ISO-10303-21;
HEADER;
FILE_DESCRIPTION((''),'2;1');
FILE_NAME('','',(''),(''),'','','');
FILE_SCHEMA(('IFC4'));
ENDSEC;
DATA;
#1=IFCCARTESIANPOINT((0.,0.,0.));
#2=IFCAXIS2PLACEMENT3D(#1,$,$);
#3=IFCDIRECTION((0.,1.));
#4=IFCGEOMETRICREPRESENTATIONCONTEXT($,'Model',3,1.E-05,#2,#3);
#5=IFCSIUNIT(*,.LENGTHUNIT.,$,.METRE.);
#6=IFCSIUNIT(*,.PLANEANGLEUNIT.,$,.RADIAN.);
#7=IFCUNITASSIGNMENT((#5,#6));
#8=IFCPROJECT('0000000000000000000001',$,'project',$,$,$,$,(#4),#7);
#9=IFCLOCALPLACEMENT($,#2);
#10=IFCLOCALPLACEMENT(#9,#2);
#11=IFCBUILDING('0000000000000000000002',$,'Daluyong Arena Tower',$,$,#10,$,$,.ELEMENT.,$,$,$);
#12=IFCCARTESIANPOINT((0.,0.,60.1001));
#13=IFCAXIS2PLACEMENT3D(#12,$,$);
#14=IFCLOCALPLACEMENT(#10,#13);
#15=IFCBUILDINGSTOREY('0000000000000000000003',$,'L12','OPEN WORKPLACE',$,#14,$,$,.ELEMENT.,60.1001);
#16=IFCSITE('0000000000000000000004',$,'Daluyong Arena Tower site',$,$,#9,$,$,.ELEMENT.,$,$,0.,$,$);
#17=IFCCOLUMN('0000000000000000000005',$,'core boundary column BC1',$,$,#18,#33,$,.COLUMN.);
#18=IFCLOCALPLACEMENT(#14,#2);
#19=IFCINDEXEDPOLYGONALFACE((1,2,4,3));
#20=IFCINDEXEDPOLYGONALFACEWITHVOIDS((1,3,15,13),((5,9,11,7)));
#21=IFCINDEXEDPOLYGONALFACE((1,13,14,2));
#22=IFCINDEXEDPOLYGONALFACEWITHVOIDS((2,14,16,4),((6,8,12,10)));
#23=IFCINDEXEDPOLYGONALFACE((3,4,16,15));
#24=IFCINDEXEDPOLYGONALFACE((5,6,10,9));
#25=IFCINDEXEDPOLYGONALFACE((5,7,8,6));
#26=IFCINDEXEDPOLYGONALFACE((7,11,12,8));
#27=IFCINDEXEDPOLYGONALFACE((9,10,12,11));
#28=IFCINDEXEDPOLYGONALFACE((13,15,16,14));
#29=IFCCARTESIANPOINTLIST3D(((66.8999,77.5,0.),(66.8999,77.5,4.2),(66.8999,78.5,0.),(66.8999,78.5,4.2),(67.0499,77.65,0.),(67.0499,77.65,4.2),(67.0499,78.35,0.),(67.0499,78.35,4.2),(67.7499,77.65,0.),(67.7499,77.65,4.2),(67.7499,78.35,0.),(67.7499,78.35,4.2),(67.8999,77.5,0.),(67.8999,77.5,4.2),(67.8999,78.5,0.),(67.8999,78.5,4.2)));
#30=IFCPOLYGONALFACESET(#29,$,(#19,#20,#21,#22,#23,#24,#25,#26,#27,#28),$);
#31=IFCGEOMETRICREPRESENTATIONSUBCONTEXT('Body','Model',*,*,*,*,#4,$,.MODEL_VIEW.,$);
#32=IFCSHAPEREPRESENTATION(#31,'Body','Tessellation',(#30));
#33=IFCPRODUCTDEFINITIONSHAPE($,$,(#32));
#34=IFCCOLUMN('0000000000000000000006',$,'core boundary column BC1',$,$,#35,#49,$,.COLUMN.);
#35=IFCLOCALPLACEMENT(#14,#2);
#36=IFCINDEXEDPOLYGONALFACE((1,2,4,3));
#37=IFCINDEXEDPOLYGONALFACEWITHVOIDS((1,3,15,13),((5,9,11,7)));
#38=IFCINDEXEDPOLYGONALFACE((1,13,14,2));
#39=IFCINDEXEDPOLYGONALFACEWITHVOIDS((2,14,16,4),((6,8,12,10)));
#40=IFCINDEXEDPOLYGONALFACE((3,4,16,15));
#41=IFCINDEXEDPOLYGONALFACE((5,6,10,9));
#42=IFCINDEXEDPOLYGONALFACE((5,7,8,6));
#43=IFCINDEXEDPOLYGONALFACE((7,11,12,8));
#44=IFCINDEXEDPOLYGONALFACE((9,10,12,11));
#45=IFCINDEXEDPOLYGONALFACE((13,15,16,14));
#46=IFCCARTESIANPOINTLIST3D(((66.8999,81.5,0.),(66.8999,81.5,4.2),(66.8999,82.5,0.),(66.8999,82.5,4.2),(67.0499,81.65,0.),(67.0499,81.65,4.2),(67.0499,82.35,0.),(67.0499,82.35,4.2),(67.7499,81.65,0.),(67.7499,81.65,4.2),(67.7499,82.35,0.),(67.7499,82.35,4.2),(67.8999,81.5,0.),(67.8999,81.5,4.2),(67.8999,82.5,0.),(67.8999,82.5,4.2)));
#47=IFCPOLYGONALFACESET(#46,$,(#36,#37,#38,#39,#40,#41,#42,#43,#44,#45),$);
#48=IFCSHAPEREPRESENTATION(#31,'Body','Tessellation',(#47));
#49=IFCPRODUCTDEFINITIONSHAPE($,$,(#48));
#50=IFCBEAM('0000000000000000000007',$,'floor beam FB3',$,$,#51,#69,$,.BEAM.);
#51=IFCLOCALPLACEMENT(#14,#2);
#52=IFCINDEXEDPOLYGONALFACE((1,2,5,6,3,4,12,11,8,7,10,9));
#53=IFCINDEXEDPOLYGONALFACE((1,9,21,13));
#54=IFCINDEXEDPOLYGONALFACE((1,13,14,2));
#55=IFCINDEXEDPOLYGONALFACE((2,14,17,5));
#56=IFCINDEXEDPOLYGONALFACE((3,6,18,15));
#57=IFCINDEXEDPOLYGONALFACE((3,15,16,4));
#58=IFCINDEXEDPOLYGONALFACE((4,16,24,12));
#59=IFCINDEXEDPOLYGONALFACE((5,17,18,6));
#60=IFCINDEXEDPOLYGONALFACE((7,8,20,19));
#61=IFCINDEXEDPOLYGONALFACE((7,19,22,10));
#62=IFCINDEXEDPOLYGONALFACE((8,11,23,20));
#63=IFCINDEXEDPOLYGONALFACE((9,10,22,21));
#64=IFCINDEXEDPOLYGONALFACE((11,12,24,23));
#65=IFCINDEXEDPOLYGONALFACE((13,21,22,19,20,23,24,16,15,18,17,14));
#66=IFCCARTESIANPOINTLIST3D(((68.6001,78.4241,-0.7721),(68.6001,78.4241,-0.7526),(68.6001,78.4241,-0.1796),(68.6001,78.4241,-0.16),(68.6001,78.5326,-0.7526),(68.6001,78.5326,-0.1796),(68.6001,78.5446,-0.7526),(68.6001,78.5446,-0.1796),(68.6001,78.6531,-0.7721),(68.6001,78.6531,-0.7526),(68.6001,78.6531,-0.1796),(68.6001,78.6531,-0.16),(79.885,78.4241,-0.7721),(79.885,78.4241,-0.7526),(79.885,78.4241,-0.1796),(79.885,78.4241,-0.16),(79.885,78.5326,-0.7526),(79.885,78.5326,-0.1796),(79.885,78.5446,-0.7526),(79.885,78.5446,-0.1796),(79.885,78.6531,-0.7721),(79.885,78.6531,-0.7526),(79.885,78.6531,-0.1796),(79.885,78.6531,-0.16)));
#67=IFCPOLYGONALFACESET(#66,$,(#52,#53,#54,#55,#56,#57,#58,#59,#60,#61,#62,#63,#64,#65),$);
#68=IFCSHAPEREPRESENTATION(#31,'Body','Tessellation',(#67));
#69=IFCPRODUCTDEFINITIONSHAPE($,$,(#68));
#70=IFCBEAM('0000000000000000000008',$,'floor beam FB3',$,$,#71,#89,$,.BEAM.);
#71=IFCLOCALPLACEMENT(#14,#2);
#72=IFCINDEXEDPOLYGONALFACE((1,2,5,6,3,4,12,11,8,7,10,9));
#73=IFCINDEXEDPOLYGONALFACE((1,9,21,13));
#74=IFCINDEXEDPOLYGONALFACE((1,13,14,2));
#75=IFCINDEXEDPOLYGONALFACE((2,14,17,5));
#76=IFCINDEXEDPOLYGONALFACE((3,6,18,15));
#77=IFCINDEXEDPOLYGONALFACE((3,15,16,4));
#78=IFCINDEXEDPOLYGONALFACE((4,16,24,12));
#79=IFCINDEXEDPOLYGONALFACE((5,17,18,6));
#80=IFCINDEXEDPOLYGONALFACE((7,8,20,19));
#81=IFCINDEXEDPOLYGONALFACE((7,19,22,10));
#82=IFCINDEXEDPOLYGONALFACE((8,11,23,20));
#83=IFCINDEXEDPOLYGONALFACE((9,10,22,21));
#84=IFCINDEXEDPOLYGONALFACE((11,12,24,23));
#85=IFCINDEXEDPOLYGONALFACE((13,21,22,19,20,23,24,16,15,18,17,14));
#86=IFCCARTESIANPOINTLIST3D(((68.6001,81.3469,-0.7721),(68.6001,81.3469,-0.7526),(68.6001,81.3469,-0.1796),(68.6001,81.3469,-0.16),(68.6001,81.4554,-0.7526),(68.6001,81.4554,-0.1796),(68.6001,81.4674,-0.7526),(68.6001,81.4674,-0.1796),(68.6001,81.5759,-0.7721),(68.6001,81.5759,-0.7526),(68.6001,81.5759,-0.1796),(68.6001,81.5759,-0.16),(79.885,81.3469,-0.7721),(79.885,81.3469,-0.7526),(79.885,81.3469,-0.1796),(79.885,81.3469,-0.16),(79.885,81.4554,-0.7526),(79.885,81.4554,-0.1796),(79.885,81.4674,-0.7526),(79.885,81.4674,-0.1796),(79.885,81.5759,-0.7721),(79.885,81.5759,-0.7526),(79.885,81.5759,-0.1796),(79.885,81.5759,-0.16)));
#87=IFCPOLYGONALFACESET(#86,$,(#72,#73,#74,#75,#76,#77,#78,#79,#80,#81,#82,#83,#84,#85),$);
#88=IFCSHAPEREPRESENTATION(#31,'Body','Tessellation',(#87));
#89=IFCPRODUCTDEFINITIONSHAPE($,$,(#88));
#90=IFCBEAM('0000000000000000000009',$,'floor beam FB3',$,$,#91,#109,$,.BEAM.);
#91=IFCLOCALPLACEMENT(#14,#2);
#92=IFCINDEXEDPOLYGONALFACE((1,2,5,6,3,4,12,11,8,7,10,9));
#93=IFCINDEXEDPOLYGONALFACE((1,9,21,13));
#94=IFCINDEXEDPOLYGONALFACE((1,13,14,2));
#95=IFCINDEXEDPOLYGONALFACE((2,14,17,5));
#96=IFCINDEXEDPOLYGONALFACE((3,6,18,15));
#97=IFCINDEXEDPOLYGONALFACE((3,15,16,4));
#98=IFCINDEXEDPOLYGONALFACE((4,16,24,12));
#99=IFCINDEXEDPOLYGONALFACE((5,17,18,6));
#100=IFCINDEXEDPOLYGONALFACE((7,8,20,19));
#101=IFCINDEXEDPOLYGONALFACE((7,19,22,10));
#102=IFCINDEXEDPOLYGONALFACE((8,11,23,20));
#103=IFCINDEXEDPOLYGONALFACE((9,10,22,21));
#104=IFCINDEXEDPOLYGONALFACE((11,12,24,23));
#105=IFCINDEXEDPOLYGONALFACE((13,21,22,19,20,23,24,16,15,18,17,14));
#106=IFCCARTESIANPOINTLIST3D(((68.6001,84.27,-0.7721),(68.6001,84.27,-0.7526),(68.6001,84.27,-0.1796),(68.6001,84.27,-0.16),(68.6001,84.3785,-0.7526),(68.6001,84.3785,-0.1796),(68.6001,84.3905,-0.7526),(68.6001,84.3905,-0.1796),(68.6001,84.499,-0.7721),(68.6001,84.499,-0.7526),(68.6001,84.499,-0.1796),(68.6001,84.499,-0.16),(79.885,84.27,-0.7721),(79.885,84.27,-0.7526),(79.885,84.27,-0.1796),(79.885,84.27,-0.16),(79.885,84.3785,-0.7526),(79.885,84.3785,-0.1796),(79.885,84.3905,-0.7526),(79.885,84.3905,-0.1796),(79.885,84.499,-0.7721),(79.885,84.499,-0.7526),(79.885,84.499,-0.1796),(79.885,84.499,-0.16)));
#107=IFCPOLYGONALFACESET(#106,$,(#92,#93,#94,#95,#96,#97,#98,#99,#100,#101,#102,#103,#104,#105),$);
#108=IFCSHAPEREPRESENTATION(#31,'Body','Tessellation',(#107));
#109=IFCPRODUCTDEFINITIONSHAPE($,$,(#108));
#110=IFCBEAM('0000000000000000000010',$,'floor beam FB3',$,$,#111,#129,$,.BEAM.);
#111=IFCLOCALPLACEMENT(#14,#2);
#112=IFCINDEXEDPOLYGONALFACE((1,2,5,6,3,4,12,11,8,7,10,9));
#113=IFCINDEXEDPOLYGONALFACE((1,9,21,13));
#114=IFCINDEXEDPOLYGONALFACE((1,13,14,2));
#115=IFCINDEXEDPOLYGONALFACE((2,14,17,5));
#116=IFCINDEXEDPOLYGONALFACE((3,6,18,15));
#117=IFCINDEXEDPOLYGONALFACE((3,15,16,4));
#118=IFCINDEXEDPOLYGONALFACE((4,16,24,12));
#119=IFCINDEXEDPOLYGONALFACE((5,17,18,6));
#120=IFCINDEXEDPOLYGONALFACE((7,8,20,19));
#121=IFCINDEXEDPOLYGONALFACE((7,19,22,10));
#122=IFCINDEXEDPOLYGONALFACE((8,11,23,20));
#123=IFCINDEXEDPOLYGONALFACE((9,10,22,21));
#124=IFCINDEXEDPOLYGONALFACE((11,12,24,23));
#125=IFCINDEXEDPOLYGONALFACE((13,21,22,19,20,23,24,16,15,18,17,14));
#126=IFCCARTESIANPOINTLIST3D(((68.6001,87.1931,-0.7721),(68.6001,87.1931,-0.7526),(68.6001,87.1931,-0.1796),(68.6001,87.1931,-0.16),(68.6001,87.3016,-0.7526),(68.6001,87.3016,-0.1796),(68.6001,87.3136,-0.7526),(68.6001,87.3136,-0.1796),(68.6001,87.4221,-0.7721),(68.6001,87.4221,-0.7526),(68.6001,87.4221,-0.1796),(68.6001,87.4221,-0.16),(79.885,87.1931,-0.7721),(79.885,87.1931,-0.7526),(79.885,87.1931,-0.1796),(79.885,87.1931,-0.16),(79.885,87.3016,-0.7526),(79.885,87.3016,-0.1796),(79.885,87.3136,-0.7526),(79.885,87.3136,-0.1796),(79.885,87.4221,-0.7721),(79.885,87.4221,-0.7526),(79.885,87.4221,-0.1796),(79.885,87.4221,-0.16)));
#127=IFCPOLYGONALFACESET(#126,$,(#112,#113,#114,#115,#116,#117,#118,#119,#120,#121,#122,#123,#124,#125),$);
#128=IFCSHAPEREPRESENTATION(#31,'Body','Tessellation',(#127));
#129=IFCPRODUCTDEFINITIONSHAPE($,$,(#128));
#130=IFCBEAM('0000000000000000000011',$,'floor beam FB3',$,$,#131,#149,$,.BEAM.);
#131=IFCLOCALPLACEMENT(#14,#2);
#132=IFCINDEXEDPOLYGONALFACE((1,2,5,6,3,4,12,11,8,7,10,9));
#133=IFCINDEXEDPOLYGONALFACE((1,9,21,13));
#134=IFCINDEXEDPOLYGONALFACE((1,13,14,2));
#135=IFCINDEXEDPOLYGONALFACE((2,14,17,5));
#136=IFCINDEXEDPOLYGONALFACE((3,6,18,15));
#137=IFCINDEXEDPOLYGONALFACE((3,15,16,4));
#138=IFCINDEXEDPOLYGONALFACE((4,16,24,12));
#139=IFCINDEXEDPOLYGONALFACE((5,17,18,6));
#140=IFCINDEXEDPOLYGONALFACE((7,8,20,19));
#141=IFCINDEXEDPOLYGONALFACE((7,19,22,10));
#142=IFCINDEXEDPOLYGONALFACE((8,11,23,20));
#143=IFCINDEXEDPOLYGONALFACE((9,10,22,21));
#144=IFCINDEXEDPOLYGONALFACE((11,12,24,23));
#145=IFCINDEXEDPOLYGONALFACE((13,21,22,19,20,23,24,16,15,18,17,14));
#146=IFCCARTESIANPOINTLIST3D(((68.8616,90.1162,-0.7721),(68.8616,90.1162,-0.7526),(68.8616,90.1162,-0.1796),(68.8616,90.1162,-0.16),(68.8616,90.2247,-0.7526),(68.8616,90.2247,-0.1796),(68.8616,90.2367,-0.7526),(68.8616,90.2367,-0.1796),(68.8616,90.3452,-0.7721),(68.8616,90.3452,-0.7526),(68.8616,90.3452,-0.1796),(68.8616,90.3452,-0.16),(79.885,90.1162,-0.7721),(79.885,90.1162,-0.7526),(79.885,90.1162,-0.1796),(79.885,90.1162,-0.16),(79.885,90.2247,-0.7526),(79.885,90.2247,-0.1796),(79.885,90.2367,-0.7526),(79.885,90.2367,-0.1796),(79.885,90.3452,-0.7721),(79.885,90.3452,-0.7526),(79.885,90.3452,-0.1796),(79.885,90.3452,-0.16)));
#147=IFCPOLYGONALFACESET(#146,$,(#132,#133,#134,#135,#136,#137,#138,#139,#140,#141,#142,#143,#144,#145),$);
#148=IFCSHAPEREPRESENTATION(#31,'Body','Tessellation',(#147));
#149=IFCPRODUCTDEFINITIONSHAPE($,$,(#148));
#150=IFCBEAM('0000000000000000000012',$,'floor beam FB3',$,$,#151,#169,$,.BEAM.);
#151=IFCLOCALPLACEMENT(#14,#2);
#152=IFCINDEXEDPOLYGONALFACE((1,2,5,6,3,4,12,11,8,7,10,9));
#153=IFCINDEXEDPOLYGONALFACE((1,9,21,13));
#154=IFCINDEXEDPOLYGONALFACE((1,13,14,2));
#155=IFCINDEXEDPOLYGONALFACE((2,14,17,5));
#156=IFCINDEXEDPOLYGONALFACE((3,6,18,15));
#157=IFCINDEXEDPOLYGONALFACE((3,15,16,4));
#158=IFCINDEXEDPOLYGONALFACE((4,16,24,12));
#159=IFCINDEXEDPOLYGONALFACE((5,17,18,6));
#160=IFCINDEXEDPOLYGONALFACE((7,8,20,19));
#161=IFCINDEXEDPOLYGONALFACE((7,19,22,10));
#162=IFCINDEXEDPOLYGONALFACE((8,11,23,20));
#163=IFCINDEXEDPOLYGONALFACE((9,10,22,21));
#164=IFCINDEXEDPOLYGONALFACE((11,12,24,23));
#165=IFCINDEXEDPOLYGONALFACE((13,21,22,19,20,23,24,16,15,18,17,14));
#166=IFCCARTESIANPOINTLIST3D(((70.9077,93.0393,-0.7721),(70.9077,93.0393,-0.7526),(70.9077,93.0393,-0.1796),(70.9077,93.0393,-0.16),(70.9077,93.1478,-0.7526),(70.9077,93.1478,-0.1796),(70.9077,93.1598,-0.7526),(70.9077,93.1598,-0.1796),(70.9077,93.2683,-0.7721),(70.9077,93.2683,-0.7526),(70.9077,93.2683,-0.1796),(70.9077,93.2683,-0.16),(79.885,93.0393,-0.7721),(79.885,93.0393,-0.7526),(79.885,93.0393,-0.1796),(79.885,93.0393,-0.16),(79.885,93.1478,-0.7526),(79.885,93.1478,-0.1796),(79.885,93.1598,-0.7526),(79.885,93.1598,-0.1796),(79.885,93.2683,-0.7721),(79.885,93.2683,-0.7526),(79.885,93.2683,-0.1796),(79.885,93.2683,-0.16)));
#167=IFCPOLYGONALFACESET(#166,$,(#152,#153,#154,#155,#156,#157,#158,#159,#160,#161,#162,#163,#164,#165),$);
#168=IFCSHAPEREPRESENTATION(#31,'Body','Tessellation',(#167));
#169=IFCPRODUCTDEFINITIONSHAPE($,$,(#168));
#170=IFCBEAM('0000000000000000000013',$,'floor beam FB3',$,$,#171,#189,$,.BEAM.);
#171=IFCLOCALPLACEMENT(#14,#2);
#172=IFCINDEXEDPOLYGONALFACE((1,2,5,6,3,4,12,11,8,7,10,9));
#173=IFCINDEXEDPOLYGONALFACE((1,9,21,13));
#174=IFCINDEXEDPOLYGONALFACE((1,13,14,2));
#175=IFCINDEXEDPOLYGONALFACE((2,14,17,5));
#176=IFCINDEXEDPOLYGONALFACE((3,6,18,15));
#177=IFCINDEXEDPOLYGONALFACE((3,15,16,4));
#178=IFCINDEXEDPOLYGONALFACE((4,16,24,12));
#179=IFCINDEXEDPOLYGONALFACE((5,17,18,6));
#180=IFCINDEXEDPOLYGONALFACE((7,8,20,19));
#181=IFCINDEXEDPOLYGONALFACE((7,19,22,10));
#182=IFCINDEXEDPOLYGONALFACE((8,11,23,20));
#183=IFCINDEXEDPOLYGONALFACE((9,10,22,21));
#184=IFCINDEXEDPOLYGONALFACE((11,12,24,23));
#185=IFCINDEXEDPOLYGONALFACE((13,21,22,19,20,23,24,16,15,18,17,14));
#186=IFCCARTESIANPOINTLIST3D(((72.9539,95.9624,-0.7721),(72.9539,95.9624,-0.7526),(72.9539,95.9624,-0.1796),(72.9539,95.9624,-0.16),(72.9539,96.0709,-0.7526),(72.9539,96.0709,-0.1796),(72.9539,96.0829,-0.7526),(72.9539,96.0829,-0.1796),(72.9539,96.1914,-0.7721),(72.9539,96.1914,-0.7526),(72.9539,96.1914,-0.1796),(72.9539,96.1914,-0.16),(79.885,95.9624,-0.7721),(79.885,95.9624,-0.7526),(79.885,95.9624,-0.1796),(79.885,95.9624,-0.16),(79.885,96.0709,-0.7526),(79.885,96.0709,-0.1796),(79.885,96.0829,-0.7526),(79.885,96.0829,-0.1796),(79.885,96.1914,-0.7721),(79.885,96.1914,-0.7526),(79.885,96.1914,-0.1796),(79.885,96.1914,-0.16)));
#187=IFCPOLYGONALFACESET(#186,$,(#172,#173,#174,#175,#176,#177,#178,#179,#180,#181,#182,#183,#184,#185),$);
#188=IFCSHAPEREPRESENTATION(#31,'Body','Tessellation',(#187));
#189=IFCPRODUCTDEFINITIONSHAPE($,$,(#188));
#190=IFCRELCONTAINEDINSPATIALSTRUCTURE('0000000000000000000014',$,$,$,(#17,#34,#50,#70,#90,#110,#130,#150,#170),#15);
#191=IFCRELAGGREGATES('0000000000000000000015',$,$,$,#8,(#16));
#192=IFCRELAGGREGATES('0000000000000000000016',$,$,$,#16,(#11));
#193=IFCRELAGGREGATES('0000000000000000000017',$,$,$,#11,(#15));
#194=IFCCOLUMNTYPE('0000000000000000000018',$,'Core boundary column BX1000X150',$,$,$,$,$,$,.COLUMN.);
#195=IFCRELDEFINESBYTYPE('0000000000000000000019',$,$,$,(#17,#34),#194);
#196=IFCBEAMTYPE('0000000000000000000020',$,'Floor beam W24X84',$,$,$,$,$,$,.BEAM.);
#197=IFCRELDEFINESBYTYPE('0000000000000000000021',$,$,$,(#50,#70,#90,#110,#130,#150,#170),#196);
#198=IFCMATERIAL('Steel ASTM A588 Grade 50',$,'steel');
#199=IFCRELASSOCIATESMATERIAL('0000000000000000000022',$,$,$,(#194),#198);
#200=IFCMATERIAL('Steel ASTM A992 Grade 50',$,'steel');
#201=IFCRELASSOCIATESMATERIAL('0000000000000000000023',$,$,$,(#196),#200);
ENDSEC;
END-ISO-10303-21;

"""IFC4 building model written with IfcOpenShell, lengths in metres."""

from ifc_helpers import new_model, si_unit, direction, frame, origin, origin_2d, place, context, subcontext, project, spatial, hollow_rectangle, i_section, extrude, material, material_profile, profile_set, type_object, element, save


model = new_model("IFC4")

# Units and contexts
model_context = context("Model", 3, precision=1e-05, world=origin(), true_north=direction((0.0, 1.0)))
body_context = subcontext(model_context, "Body", "Model", "MODEL_VIEW")
ifc_project = project(units=[si_unit("LENGTHUNIT", "METRE"), si_unit("PLANEANGLEUNIT", "RADIAN")], contexts=[model_context])

# Site, building, storey
site_placement = place(None, origin())
site = spatial("IfcSite", under=ifc_project, at=site_placement, Name="Daluyong Arena Tower site", CompositionType="ELEMENT", RefElevation=0.0)
building_placement = place(site_placement, origin())
building = spatial("IfcBuilding", under=site, at=building_placement, Name="Daluyong Arena Tower", CompositionType="ELEMENT")
storey_placement = place(building_placement, frame((0.0, 0.0, 60.1001)))
storey = spatial("IfcBuildingStorey", under=building, at=storey_placement, Name="L12", Description="OPEN WORKPLACE", CompositionType="ELEMENT", Elevation=60.1001)

# Columns
ifc_material_1 = material(Name="Steel ASTM A588 Grade 50", Category="steel")
ifc_material_profile_1 = material_profile(ifc_material_1, hollow_rectangle(XDim=1.0, YDim=1.0, WallThickness=0.15, at=origin_2d()))
ifc_profile_set_1 = profile_set([ifc_material_profile_1], Name="Steel ASTM A588 Grade 50")
column_type = type_object("IfcColumnType", Name="Core boundary column BX1000X150", PredefinedType="COLUMN", material=ifc_profile_set_1)
for number, where, z_axis, x_axis, name in (
    (1, (67.3999, 78.0, 0.0), (0.0, 0.0, 1.0), (1.0, 0.0, 0.0), "core boundary column BC1"),
    (2, (67.3999, 82.0, 0.0), (0.0, 0.0, 1.0), (1.0, 0.0, 0.0), "core boundary column BC1"),
):
    element("IfcColumn", number, at=place(storey_placement, frame(where, z_axis=z_axis, x_axis=x_axis)), inside=storey, type_object=column_type, Name=name, PredefinedType="COLUMN", context=body_context, shape_type="SweptSolid", body=[
        extrude(hollow_rectangle(XDim=1.0, YDim=1.0, WallThickness=0.15, at=origin_2d()), origin(), (0.0, 0.0, 1.0), 4.2),
    ])

# Beams
ifc_material_2 = material(Name="Steel ASTM A992 Grade 50", Category="steel")
ifc_material_profile_2 = material_profile(ifc_material_2, i_section(OverallWidth=0.229, OverallDepth=0.6121, WebThickness=0.012, FlangeThickness=0.0195, at=origin_2d()))
ifc_profile_set_2 = profile_set([ifc_material_profile_2], Name="Steel ASTM A992 Grade 50")
beam_type = type_object("IfcBeamType", Name="Floor beam W24X84", PredefinedType="BEAM", material=ifc_profile_set_2)
for number, where, z_axis, x_axis, name in (
    (3, (79.885, 78.5386, -0.4661), (-1.0, 0.0, 0.0), (0.0, -1.0, 0.0), "floor beam FB3"),
    (4, (79.885, 81.4614, -0.4661), (-1.0, 0.0, 0.0), (0.0, -1.0, 0.0), "floor beam FB3"),
    (5, (79.885, 84.3845, -0.4661), (-1.0, 0.0, 0.0), (0.0, -1.0, 0.0), "floor beam FB3"),
    (6, (79.885, 87.3076, -0.4661), (-1.0, 0.0, 0.0), (0.0, -1.0, 0.0), "floor beam FB3"),
):
    element("IfcBeam", number, at=place(storey_placement, frame(where, z_axis=z_axis, x_axis=x_axis)), inside=storey, type_object=beam_type, Name=name, PredefinedType="BEAM", context=body_context, shape_type="SweptSolid", body=[
        extrude(i_section(OverallWidth=0.229, OverallDepth=0.6121, WebThickness=0.012, FlangeThickness=0.0195, at=origin_2d()), origin(), (0.0, 0.0, 1.0), 11.2849),
    ])
beam_1_placement = place(storey_placement, frame((79.885, 90.2307, -0.4661), z_axis=(-1.0, 0.0, 0.0), x_axis=(0.0, -1.0, 0.0)))
element("IfcBeam", 7, at=beam_1_placement, inside=storey, type_object=beam_type, Name="floor beam FB3", PredefinedType="BEAM", context=body_context, shape_type="SweptSolid", body=[
    extrude(i_section(OverallWidth=0.229, OverallDepth=0.6121, WebThickness=0.012, FlangeThickness=0.0195, at=origin_2d()), origin(), (0.0, 0.0, 1.0), 11.0234),
])
beam_2_placement = place(storey_placement, frame((79.885, 93.1538, -0.4661), z_axis=(-1.0, 0.0, 0.0), x_axis=(0.0, -1.0, 0.0)))
element("IfcBeam", 8, at=beam_2_placement, inside=storey, type_object=beam_type, Name="floor beam FB3", PredefinedType="BEAM", context=body_context, shape_type="SweptSolid", body=[
    extrude(i_section(OverallWidth=0.229, OverallDepth=0.6121, WebThickness=0.012, FlangeThickness=0.0195, at=origin_2d()), origin(), (0.0, 0.0, 1.0), 8.9773),
])
beam_3_placement = place(storey_placement, frame((79.885, 96.0769, -0.4661), z_axis=(-1.0, 0.0, 0.0), x_axis=(0.0, -1.0, 0.0)))
element("IfcBeam", 9, at=beam_3_placement, inside=storey, type_object=beam_type, Name="floor beam FB3", PredefinedType="BEAM", context=body_context, shape_type="SweptSolid", body=[
    extrude(i_section(OverallWidth=0.229, OverallDepth=0.6121, WebThickness=0.012, FlangeThickness=0.0195, at=origin_2d()), origin(), (0.0, 0.0, 1.0), 6.9312),
])

save(model, "model.ifc")
